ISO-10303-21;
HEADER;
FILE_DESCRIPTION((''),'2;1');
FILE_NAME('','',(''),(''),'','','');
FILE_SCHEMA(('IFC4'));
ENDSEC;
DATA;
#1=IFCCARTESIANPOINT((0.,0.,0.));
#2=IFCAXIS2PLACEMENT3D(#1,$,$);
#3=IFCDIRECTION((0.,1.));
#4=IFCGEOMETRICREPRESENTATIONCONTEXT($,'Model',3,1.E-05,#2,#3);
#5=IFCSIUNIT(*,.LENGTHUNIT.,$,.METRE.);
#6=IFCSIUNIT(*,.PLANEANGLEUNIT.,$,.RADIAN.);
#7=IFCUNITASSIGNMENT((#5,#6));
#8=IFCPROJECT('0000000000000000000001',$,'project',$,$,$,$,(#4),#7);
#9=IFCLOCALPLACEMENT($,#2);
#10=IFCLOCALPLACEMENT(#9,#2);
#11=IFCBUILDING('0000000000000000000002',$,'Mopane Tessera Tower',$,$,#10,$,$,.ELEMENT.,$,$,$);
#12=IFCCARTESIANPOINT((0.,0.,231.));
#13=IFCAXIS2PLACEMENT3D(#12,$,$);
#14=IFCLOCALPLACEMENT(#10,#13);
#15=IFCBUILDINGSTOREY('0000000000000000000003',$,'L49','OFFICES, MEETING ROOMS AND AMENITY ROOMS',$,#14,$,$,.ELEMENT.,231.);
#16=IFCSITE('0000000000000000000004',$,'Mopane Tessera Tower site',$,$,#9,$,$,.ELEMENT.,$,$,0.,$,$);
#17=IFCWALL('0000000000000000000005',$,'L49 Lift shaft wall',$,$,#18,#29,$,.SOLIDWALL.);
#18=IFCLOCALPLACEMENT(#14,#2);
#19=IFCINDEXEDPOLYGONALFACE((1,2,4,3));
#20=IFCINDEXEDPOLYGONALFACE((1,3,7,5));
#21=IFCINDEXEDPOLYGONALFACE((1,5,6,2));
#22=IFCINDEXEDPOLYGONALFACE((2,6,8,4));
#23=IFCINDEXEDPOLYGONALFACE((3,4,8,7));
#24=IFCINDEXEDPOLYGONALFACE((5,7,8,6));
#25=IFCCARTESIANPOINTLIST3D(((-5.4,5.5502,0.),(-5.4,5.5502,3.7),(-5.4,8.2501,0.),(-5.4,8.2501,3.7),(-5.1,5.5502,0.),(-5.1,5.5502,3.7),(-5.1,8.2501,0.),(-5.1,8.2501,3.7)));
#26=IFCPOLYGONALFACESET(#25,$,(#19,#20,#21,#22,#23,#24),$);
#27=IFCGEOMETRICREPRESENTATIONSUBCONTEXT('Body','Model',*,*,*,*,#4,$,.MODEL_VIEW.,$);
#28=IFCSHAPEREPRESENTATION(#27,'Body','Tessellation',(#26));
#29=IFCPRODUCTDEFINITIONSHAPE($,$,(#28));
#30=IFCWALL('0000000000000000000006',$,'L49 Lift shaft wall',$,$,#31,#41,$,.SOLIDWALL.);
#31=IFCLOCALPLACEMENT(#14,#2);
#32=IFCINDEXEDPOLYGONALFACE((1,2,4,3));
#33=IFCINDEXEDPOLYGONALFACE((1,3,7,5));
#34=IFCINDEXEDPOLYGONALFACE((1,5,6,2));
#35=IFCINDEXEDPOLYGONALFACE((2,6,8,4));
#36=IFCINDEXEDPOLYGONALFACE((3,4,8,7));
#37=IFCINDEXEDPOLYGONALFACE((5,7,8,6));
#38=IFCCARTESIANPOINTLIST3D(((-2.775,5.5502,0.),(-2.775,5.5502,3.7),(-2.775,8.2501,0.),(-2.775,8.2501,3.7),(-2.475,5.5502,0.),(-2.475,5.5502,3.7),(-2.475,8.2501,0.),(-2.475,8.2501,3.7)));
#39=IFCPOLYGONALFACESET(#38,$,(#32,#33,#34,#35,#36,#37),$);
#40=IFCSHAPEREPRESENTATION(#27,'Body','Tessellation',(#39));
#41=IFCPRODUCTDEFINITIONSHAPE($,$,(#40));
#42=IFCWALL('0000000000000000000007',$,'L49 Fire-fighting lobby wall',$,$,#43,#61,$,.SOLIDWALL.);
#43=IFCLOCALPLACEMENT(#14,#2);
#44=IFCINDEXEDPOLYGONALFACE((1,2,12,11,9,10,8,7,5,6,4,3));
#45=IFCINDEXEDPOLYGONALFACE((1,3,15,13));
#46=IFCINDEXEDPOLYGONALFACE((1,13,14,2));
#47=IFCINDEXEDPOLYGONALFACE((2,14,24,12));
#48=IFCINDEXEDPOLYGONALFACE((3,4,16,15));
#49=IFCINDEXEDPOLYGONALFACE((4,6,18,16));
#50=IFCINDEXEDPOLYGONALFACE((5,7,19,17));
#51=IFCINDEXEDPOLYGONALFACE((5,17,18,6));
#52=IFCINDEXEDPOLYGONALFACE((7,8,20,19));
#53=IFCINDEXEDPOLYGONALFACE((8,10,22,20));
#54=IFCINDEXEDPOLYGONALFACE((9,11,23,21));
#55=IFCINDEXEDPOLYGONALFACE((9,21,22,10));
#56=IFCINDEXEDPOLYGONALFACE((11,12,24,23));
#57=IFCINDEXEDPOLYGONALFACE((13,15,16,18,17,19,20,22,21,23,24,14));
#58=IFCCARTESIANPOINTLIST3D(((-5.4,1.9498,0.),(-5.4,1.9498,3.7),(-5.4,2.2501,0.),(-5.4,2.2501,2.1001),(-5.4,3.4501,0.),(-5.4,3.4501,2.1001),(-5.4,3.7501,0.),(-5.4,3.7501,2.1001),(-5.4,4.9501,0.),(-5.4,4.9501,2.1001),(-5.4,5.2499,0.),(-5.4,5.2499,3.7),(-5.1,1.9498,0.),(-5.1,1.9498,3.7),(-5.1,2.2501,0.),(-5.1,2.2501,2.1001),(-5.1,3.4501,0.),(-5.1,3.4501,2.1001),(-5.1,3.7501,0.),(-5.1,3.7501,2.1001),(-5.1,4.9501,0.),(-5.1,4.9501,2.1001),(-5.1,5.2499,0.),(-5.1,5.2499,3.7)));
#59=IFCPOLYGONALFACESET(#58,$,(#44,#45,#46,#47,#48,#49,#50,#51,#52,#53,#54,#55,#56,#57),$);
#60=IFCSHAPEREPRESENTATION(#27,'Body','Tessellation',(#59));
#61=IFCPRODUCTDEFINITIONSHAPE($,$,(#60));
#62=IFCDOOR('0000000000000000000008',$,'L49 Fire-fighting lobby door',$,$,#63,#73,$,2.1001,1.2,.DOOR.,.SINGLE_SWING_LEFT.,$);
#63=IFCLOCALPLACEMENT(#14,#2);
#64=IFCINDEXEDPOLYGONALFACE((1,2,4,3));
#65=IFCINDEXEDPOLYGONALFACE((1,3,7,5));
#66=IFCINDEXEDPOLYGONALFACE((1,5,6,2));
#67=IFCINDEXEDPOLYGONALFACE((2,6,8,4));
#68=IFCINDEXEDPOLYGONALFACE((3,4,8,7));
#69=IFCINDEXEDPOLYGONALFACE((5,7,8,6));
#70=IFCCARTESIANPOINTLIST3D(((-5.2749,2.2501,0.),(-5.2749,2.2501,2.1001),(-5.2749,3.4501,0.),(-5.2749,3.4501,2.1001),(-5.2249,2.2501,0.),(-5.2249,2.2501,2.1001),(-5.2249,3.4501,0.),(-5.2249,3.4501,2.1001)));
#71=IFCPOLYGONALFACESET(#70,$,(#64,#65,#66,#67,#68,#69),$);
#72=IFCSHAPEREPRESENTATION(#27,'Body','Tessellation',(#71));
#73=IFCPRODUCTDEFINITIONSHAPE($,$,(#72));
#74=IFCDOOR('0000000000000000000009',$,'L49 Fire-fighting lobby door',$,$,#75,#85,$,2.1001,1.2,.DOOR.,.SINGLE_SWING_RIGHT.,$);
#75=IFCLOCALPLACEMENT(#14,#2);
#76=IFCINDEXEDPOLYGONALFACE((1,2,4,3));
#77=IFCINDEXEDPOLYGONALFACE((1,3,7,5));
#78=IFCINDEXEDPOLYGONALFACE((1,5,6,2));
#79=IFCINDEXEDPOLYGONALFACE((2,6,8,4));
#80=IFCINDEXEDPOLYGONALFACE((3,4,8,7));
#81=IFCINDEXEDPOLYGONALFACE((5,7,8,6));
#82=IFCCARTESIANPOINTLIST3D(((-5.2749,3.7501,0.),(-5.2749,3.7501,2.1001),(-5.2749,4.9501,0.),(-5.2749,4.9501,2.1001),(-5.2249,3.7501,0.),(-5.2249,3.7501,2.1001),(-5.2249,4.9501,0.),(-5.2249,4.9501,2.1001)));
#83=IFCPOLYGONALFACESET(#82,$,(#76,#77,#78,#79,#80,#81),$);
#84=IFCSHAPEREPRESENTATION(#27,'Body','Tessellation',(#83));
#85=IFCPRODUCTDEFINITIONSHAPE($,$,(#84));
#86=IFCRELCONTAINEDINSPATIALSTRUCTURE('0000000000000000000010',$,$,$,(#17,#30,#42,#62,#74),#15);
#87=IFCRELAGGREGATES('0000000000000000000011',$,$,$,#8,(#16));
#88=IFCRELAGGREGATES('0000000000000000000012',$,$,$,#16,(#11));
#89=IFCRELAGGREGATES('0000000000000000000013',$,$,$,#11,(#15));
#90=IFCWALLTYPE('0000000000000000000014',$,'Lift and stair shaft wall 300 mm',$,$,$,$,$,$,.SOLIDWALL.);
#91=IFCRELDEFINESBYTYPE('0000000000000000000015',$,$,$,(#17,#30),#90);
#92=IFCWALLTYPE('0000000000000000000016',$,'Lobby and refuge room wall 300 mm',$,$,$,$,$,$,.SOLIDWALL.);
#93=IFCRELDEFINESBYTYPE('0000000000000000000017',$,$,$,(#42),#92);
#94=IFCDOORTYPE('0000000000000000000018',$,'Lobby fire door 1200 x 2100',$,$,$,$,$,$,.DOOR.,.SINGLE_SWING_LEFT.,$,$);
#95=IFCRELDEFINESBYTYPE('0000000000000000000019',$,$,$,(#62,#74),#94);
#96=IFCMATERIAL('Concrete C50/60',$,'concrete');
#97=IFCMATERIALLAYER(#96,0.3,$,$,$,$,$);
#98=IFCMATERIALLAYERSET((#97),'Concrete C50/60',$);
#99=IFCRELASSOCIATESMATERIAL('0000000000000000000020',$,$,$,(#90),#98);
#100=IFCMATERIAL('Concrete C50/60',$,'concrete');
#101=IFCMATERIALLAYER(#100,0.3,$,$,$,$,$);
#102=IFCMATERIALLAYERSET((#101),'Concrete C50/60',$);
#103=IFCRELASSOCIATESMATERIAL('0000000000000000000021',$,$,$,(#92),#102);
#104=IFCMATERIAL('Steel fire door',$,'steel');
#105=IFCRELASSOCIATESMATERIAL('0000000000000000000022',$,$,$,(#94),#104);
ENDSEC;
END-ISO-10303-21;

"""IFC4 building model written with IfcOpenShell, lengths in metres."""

from ifc_helpers import new_model, si_unit, direction, frame, frame_2d, origin, place, context, subcontext, project, spatial, rectangle, extrude, material, layer, layer_set, type_object, element, fill, save


model = new_model("IFC4")

# Units and contexts
model_context = context("Model", 3, precision=1e-05, world=origin(), true_north=direction((0.0, 1.0)))
body_context = subcontext(model_context, "Body", "Model", "MODEL_VIEW")
ifc_project = project(units=[si_unit("LENGTHUNIT", "METRE"), si_unit("PLANEANGLEUNIT", "RADIAN")], contexts=[model_context])

# Site, building, storey
site_placement = place(None, origin())
site = spatial("IfcSite", under=ifc_project, at=site_placement, Name="Mopane Tessera Tower site", CompositionType="ELEMENT", RefElevation=0.0)
building_placement = place(site_placement, origin())
building = spatial("IfcBuilding", under=site, at=building_placement, Name="Mopane Tessera Tower", CompositionType="ELEMENT")
storey_placement = place(building_placement, frame((0.0, 0.0, 231.0)))
storey = spatial("IfcBuildingStorey", under=building, at=storey_placement, Name="L49", Description="OFFICES, MEETING ROOMS AND AMENITY ROOMS", CompositionType="ELEMENT", Elevation=231.0)

# Shared definitions
ifc_material_1 = material(Name="Concrete C50/60", Category="concrete")
ifc_layer_1 = layer(ifc_material_1, 0.3)
ifc_layer_set_1 = layer_set([ifc_layer_1], Name="Concrete C50/60")
wall_type_1 = type_object("IfcWallType", Name="Lift and stair shaft wall 300 mm", PredefinedType="SOLIDWALL", material=ifc_layer_set_1)

# Walls
for number, where, z_axis, x_axis, name in (
    (1, (-5.25, 5.55, 0.0), (0.0, 0.0, 1.0), (0.0, 1.0, 0.0), "L49 Lift shaft wall"),
    (2, (-2.625, 5.55, 0.0), (0.0, 0.0, 1.0), (0.0, 1.0, 0.0), "L49 Lift shaft wall"),
):
    element("IfcWall", number, at=place(storey_placement, frame(where, z_axis=z_axis, x_axis=x_axis)), inside=storey, type_object=wall_type_1, Name=name, PredefinedType="SOLIDWALL", context=body_context, shape_type="SweptSolid", body=[
        extrude(rectangle(XDim=2.7, YDim=0.3, at=frame_2d((1.3501, 0.0))), origin(), (0.0, 0.0, 1.0), 3.7),
    ])

# Wall, openings, doors
ifc_material_2 = material(Name="Concrete C50/60", Category="concrete")
ifc_layer_2 = layer(ifc_material_2, 0.3)
ifc_layer_set_2 = layer_set([ifc_layer_2], Name="Concrete C50/60")
wall_type_2 = type_object("IfcWallType", Name="Lobby and refuge room wall 300 mm", PredefinedType="SOLIDWALL", material=ifc_layer_set_2)
wall_1_placement = place(storey_placement, frame((-5.25, 1.95, 0.0), z_axis=(0.0, 0.0, 1.0), x_axis=(0.0, 1.0, 0.0)))
wall_1 = element("IfcWall", 3, at=wall_1_placement, inside=storey, type_object=wall_type_2, Name="L49 Fire-fighting lobby wall", PredefinedType="SOLIDWALL", context=body_context, shape_type="SweptSolid", body=[
    extrude(rectangle(XDim=3.3, YDim=0.3, at=frame_2d((1.6499, 0.0))), origin(), (0.0, 0.0, 1.0), 3.7),
])
opening_1_placement = place(wall_1_placement, frame((0.3, 0.0, 0.0)))
opening_1 = element("IfcOpeningElement", 4, at=opening_1_placement, cuts=wall_1, PredefinedType="OPENING", context=body_context, shape_type="SweptSolid", body=[
    extrude(rectangle(XDim=1.2, YDim=2.1001, at=frame_2d((0.6001, 1.05))), frame((0.0, 0.1621, 0.0), z_axis=(0.0, -1.0, 0.0), x_axis=(1.0, 0.0, 0.0)), (0.0, 0.0, 1.0), 0.324),
])
opening_2_placement = place(wall_1_placement, frame((1.8, 0.0, 0.0)))
opening_2 = element("IfcOpeningElement", 5, at=opening_2_placement, cuts=wall_1, PredefinedType="OPENING", context=body_context, shape_type="SweptSolid", body=[
    extrude(rectangle(XDim=1.2, YDim=2.1001, at=frame_2d((0.6001, 1.05))), frame((0.0, 0.1621, 0.0), z_axis=(0.0, -1.0, 0.0), x_axis=(1.0, 0.0, 0.0)), (0.0, 0.0, 1.0), 0.324),
])
ifc_material_3 = material(Name="Steel fire door", Category="steel")
door_type_1 = type_object("IfcDoorType", Name="Lobby fire door 1200 x 2100", OperationType="SINGLE_SWING_LEFT", PredefinedType="DOOR", material=ifc_material_3)
door_1_placement = place(opening_1_placement, origin())
door_1 = element("IfcDoor", 6, at=door_1_placement, inside=storey, type_object=door_type_1, Name="L49 Fire-fighting lobby door", OperationType="SINGLE_SWING_LEFT", OverallHeight=2.1001, OverallWidth=1.2, PredefinedType="DOOR", context=body_context, shape_type="SweptSolid", body=[
    extrude(rectangle(XDim=1.2, YDim=2.1001, at=frame_2d((0.6001, 1.05))), frame((0.0, 0.0249, 0.0), z_axis=(0.0, -1.0, 0.0), x_axis=(1.0, 0.0, 0.0)), (0.0, 0.0, 1.0), 0.05),
])
fill(opening_1, door_1)
door_2_placement = place(opening_2_placement, origin())
door_2 = element("IfcDoor", 7, at=door_2_placement, inside=storey, type_object=door_type_1, Name="L49 Fire-fighting lobby door", OperationType="SINGLE_SWING_RIGHT", OverallHeight=2.1001, OverallWidth=1.2, PredefinedType="DOOR", context=body_context, shape_type="SweptSolid", body=[
    extrude(rectangle(XDim=1.2, YDim=2.1001, at=frame_2d((0.6001, 1.05))), frame((0.0, 0.0249, 0.0), z_axis=(0.0, -1.0, 0.0), x_axis=(1.0, 0.0, 0.0)), (0.0, 0.0, 1.0), 0.05),
])
fill(opening_2, door_2)

save(model, "model.ifc")
